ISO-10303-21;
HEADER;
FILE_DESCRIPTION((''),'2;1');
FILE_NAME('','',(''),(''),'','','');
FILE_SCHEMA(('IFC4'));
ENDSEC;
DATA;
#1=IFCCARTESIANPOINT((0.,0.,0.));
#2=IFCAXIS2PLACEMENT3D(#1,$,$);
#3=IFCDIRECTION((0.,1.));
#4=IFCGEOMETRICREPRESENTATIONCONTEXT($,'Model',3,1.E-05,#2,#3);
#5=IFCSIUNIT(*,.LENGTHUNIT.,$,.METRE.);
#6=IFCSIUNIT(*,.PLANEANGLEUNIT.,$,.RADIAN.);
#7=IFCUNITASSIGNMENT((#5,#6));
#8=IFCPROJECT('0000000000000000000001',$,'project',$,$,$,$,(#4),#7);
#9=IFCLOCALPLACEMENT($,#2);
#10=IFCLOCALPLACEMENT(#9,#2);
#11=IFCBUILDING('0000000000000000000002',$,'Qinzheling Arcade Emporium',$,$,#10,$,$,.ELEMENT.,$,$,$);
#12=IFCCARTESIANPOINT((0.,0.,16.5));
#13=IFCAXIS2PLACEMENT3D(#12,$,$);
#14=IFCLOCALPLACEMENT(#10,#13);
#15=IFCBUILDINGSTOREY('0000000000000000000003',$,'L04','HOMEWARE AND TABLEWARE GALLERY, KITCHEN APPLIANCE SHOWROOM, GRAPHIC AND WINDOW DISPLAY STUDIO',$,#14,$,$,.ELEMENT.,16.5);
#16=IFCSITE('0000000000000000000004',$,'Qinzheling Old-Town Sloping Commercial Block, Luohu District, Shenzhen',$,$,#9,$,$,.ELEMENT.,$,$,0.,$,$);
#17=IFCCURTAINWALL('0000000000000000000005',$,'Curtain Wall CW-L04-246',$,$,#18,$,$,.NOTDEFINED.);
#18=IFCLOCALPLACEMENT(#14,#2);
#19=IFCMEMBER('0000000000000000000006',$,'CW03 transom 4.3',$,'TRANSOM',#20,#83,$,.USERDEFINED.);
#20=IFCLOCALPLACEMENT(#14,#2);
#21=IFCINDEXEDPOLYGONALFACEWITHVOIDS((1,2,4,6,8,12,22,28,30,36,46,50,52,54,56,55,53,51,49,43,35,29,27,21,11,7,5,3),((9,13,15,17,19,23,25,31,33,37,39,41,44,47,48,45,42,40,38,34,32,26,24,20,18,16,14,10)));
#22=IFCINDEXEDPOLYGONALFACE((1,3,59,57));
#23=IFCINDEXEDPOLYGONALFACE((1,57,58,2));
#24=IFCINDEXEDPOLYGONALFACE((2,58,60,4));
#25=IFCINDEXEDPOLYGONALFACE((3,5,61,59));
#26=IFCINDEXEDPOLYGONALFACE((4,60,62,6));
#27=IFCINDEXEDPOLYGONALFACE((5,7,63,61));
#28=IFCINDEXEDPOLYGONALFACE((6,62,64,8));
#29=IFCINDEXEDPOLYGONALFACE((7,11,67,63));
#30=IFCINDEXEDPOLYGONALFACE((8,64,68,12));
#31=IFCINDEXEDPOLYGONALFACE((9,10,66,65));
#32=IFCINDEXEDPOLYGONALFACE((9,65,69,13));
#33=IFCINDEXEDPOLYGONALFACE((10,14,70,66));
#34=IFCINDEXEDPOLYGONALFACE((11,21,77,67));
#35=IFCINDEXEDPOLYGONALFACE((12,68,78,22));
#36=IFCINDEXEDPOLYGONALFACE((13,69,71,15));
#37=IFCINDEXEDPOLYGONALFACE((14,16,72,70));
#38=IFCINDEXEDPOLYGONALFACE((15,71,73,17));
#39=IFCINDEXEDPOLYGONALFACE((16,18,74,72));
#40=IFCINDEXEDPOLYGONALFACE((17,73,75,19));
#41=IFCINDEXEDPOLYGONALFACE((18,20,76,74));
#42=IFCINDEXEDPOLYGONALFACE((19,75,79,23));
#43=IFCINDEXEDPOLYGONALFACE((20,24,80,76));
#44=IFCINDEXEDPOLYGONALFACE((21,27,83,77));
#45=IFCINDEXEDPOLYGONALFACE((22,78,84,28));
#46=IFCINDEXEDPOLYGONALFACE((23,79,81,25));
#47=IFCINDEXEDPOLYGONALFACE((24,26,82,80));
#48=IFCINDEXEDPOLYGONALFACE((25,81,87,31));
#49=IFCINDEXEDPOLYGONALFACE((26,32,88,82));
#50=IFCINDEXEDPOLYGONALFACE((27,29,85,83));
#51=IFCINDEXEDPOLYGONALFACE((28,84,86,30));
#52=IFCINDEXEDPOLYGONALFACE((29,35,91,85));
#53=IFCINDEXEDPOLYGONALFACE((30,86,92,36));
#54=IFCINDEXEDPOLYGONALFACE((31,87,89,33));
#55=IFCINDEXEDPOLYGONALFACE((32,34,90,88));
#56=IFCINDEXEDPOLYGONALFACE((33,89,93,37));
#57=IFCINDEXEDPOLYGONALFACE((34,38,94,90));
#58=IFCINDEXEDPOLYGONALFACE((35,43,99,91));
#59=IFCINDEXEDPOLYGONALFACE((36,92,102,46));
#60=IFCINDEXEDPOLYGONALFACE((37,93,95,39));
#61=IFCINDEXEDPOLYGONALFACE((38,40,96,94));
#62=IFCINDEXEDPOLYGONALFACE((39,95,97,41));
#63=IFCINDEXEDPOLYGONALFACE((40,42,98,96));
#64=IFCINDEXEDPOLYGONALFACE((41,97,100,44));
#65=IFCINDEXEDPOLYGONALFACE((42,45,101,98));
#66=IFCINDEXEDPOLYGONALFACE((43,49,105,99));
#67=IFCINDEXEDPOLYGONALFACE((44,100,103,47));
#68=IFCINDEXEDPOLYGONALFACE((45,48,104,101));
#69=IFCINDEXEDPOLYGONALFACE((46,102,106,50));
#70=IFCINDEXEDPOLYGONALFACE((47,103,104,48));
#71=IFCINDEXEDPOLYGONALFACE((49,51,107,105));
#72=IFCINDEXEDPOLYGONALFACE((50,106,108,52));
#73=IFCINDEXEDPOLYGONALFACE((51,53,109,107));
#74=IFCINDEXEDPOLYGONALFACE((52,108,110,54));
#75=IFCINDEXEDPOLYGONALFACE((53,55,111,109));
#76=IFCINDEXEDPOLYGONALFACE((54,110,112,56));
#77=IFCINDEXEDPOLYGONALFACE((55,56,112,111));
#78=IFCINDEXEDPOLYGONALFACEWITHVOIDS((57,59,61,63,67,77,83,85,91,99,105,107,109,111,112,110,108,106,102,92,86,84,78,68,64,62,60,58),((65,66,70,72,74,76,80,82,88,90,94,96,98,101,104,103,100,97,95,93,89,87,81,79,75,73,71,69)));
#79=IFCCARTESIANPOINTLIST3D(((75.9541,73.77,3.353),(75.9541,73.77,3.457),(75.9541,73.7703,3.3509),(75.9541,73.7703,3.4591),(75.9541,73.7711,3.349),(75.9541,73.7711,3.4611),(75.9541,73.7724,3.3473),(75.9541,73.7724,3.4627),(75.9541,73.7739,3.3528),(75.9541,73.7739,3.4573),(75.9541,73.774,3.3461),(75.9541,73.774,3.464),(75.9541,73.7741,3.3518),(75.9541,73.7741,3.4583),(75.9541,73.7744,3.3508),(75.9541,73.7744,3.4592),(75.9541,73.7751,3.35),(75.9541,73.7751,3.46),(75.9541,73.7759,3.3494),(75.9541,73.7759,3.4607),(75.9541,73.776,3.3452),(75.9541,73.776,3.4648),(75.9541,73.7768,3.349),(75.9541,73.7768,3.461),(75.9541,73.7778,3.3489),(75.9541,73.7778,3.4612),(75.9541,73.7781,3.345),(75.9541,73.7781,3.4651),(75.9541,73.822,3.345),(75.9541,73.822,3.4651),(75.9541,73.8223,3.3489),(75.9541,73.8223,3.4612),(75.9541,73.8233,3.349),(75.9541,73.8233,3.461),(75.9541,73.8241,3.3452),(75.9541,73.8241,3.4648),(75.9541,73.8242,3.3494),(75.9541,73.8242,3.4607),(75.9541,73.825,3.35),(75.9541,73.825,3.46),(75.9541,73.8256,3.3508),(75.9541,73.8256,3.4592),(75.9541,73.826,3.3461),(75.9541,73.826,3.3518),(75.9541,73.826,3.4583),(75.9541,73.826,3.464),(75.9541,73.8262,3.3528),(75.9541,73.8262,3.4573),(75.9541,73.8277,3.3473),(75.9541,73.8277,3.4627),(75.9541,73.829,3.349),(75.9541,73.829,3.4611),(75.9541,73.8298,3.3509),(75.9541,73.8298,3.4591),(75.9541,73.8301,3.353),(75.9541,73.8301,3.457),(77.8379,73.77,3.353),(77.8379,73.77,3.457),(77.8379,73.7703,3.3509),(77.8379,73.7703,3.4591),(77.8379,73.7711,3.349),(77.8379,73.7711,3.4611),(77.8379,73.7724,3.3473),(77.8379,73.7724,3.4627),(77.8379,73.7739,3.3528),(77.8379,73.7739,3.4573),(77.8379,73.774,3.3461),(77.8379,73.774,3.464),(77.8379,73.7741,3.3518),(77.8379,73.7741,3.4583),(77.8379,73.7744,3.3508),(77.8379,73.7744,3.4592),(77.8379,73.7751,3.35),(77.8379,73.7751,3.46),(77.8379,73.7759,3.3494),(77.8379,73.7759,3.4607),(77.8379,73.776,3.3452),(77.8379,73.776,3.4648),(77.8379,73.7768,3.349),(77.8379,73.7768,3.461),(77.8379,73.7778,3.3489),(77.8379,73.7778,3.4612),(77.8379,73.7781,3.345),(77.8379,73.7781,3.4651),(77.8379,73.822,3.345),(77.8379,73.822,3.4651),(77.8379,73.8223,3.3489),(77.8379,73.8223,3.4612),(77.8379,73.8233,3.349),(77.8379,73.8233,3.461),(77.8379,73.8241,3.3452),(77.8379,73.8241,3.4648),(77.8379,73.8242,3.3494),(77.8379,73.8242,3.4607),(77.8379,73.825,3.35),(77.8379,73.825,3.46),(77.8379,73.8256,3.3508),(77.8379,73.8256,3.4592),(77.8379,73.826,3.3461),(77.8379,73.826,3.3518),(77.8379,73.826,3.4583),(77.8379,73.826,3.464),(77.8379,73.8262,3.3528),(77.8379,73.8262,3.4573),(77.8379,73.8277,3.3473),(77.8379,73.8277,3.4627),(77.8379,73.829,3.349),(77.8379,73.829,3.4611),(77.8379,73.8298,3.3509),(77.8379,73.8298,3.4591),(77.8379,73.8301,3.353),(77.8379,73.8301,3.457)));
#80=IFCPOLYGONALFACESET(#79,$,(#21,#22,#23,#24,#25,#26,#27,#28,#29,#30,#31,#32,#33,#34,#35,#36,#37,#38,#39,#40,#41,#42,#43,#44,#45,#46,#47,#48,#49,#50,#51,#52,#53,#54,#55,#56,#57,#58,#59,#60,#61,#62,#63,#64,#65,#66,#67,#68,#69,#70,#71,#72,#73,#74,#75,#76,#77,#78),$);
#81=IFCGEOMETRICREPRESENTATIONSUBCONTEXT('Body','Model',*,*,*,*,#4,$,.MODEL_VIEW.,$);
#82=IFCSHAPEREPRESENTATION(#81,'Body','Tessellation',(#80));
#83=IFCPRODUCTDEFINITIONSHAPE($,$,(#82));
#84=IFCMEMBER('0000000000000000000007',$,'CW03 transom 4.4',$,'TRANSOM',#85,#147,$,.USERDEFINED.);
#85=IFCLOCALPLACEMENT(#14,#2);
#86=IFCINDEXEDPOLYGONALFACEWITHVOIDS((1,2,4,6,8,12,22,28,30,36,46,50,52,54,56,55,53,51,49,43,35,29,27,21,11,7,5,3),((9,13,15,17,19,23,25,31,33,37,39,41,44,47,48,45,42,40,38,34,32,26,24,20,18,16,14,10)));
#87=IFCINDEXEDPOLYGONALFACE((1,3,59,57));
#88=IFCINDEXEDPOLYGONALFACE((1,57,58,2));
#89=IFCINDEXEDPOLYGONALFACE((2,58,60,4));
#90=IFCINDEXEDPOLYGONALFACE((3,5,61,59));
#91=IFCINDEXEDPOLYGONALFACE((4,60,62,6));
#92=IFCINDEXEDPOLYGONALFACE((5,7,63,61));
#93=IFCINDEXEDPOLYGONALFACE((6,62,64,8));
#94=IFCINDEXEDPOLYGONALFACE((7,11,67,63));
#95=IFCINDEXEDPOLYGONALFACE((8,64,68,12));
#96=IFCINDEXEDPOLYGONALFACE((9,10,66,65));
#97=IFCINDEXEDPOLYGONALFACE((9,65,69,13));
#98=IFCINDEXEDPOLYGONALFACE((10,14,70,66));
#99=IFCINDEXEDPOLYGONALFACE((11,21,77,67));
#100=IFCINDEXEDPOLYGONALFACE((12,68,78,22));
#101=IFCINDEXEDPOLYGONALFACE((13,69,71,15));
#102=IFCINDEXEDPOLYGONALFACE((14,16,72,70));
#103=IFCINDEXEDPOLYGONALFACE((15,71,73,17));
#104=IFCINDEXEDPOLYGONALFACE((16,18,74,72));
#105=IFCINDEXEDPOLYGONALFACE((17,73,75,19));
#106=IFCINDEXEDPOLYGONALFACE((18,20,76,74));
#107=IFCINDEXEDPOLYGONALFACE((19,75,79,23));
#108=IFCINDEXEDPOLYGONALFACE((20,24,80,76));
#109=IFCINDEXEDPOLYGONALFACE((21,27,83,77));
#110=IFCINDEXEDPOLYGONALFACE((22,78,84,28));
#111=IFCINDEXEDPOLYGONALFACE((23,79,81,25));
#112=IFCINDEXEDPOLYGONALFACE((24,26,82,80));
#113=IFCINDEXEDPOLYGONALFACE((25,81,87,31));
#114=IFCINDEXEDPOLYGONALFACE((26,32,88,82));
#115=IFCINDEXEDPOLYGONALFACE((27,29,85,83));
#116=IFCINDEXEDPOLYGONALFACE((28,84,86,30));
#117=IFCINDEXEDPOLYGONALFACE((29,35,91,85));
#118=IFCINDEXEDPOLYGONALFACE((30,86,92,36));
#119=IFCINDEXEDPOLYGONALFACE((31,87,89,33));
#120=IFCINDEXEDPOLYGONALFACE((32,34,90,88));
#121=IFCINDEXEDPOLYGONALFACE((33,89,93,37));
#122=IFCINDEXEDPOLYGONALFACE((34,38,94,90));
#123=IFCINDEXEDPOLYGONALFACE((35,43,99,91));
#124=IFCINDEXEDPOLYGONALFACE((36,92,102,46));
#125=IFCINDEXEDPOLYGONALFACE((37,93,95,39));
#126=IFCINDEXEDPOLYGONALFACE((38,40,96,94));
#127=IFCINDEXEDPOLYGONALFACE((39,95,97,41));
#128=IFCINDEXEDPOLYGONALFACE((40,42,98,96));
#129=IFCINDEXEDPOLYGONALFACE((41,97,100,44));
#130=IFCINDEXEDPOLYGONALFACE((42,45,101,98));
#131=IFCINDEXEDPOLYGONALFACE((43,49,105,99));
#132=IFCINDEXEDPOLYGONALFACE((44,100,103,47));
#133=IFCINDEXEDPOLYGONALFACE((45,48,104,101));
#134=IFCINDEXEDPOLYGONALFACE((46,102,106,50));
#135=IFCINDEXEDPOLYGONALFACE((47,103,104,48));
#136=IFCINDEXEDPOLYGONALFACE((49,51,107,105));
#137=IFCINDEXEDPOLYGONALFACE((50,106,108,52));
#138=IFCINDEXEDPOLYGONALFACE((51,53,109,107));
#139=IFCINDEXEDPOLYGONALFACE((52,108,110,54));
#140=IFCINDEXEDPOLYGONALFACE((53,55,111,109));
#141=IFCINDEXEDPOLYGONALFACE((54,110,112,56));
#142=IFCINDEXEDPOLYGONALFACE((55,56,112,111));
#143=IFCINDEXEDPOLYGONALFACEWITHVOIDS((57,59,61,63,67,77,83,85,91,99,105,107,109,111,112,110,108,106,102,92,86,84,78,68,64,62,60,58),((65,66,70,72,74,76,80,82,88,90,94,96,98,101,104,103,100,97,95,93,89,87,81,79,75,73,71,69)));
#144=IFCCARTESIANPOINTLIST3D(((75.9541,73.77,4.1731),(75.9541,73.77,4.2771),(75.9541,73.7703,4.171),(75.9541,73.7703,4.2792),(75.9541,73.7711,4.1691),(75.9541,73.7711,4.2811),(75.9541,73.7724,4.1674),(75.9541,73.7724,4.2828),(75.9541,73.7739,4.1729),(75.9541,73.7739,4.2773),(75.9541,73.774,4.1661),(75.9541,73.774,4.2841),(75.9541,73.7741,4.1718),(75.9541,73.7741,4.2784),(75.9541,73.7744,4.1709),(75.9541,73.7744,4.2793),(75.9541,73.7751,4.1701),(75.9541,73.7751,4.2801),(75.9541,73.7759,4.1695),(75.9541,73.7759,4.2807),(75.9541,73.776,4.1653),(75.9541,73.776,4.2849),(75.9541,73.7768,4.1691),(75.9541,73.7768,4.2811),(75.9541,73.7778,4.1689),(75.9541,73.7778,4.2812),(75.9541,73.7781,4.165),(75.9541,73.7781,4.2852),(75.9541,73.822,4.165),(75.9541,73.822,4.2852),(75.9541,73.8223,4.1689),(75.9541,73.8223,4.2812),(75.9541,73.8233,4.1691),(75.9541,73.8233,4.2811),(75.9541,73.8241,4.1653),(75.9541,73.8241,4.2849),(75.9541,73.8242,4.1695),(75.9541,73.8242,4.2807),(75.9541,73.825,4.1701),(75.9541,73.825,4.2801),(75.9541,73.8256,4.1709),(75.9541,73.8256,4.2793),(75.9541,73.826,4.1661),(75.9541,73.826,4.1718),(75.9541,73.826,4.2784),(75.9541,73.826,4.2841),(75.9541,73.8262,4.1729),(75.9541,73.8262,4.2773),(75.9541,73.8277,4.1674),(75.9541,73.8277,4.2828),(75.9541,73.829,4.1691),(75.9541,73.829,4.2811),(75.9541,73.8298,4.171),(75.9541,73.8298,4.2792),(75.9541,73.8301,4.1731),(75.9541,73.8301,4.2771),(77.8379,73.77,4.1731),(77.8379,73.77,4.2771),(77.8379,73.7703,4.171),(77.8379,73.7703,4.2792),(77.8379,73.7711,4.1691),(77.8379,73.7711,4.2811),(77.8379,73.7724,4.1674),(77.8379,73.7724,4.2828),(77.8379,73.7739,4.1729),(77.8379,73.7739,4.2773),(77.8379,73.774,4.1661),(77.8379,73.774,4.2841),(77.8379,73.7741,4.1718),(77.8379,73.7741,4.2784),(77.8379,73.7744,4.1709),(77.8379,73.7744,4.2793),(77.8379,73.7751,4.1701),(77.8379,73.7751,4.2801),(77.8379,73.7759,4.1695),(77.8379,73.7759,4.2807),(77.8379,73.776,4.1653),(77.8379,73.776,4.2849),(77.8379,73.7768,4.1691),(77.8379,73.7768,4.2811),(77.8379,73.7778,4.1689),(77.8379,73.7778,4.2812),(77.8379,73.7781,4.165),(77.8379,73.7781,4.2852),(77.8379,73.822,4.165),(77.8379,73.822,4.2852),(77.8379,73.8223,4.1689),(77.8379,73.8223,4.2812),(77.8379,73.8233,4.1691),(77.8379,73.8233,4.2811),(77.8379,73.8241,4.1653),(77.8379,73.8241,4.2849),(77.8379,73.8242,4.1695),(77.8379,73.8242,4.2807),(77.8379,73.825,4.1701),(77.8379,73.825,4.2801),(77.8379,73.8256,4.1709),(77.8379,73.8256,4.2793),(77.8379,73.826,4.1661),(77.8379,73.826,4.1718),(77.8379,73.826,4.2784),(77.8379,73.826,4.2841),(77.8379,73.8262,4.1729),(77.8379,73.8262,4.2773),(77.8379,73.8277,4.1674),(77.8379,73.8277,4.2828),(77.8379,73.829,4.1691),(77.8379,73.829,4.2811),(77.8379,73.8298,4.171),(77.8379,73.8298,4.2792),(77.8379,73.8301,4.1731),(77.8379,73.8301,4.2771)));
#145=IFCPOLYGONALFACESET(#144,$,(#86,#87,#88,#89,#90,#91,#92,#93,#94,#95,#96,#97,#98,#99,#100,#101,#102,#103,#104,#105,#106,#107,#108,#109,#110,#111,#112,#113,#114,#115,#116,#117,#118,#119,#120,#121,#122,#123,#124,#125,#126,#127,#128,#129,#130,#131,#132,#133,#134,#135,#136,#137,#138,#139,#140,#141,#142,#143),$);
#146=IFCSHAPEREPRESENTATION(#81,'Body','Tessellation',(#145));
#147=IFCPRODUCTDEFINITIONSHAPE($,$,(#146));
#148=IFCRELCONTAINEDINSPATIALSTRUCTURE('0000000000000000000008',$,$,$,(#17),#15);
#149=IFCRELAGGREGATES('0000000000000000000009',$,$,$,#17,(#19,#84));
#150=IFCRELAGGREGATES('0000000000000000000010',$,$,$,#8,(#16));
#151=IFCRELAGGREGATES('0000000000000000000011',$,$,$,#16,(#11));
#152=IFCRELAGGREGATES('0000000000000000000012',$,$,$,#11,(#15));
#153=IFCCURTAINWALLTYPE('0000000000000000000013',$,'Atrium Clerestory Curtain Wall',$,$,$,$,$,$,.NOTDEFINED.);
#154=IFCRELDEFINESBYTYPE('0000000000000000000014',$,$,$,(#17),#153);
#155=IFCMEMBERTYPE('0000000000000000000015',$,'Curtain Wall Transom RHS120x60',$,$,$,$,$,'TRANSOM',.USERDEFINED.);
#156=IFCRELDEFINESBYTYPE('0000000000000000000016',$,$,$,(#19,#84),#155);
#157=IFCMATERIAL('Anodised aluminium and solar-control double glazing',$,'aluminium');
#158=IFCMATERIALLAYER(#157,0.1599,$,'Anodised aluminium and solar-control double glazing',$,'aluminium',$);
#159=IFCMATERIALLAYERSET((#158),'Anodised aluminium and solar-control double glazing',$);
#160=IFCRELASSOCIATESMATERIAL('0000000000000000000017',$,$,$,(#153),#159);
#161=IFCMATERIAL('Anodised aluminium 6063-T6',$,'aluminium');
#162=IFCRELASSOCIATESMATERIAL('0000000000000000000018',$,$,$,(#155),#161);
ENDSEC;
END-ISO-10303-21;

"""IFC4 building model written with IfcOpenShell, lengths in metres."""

from ifc_helpers import new_model, si_unit, direction, frame, origin, origin_2d, place, context, subcontext, project, spatial, hollow_rectangle, extrude, material, layer, layer_set, material_profile, profile_set, type_object, element, aggregate, save


model = new_model("IFC4")

# Units and contexts
model_context = context("Model", 3, precision=1e-05, world=origin(), true_north=direction((0.0, 1.0)))
body_context = subcontext(model_context, "Body", "Model", "MODEL_VIEW")
ifc_project = project(units=[si_unit("LENGTHUNIT", "METRE"), si_unit("PLANEANGLEUNIT", "RADIAN")], contexts=[model_context])

# Site, building, storey
site_placement = place(None, origin())
site = spatial("IfcSite", under=ifc_project, at=site_placement, Name="Qinzheling Old-Town Sloping Commercial Block, Luohu District, Shenzhen", CompositionType="ELEMENT", RefElevation=0.0)
building_placement = place(site_placement, origin())
building = spatial("IfcBuilding", under=site, at=building_placement, Name="Qinzheling Arcade Emporium", CompositionType="ELEMENT")
storey_placement = place(building_placement, frame((0.0, 0.0, 16.5)))
storey = spatial("IfcBuildingStorey", under=building, at=storey_placement, Name="L04", Description="HOMEWARE AND TABLEWARE GALLERY, KITCHEN APPLIANCE SHOWROOM, GRAPHIC AND WINDOW DISPLAY STUDIO", CompositionType="ELEMENT", Elevation=16.5)

# Curtain wall
ifc_material_1 = material(Name="Anodised aluminium and solar-control double glazing", Category="aluminium")
ifc_layer_1 = layer(ifc_material_1, 0.1599, Name="Anodised aluminium and solar-control double glazing", Category="aluminium")
ifc_layer_set_1 = layer_set([ifc_layer_1], Name="Anodised aluminium and solar-control double glazing")
curtain_wall_type = type_object("IfcCurtainWallType", Name="Atrium Clerestory Curtain Wall", PredefinedType="NOTDEFINED", material=ifc_layer_set_1)
curtain_wall_1_placement = place(storey_placement, origin())
curtain_wall_1 = element("IfcCurtainWall", 1, at=curtain_wall_1_placement, inside=storey, type_object=curtain_wall_type, Name="Curtain Wall CW-L04-246", PredefinedType="NOTDEFINED")
ifc_material_2 = material(Name="Anodised aluminium 6063-T6", Category="aluminium")

# Members
ifc_material_profile_1 = material_profile(ifc_material_2, hollow_rectangle(XDim=0.0601, YDim=0.1201, WallThickness=0.0039, InnerFilletRadius=0.0039, OuterFilletRadius=0.0081, at=origin_2d()), Name="RHS 120x60x4", Category="aluminium")
ifc_profile_set_1 = profile_set([ifc_material_profile_1], Name="Anodised aluminium 6063-T6")
member_type_1 = type_object("IfcMemberType", Name="Curtain Wall Transom RHS120x60", ElementType="TRANSOM", PredefinedType="USERDEFINED", material=ifc_profile_set_1)
member_1_placement = place(storey_placement, frame((75.9541, 73.8, 3.405), z_axis=(1.0, 0.0, 0.0), x_axis=(0.0, 1.0, 0.0)))
member_1 = element("IfcMember", 2, at=member_1_placement, type_object=member_type_1, Name="CW03 transom 4.3", ObjectType="TRANSOM", PredefinedType="USERDEFINED", context=body_context, shape_type="SweptSolid", body=[
    extrude(hollow_rectangle(XDim=0.0601, YDim=0.1201, WallThickness=0.0039, InnerFilletRadius=0.0039, OuterFilletRadius=0.0081, at=origin_2d()), origin(), (0.0, 0.0, 1.0), 1.8838),
])
member_2_placement = place(storey_placement, frame((75.9541, 73.8, 4.2251), z_axis=(1.0, 0.0, 0.0), x_axis=(0.0, 1.0, 0.0)))
member_2 = element("IfcMember", 3, at=member_2_placement, type_object=member_type_1, Name="CW03 transom 4.4", ObjectType="TRANSOM", PredefinedType="USERDEFINED", context=body_context, shape_type="SweptSolid", body=[
    extrude(hollow_rectangle(XDim=0.0601, YDim=0.1201, WallThickness=0.0039, InnerFilletRadius=0.0039, OuterFilletRadius=0.0081, at=origin_2d()), origin(), (0.0, 0.0, 1.0), 1.8838),
])

aggregate(curtain_wall_1, [member_1, member_2])

save(model, "model.ifc")
